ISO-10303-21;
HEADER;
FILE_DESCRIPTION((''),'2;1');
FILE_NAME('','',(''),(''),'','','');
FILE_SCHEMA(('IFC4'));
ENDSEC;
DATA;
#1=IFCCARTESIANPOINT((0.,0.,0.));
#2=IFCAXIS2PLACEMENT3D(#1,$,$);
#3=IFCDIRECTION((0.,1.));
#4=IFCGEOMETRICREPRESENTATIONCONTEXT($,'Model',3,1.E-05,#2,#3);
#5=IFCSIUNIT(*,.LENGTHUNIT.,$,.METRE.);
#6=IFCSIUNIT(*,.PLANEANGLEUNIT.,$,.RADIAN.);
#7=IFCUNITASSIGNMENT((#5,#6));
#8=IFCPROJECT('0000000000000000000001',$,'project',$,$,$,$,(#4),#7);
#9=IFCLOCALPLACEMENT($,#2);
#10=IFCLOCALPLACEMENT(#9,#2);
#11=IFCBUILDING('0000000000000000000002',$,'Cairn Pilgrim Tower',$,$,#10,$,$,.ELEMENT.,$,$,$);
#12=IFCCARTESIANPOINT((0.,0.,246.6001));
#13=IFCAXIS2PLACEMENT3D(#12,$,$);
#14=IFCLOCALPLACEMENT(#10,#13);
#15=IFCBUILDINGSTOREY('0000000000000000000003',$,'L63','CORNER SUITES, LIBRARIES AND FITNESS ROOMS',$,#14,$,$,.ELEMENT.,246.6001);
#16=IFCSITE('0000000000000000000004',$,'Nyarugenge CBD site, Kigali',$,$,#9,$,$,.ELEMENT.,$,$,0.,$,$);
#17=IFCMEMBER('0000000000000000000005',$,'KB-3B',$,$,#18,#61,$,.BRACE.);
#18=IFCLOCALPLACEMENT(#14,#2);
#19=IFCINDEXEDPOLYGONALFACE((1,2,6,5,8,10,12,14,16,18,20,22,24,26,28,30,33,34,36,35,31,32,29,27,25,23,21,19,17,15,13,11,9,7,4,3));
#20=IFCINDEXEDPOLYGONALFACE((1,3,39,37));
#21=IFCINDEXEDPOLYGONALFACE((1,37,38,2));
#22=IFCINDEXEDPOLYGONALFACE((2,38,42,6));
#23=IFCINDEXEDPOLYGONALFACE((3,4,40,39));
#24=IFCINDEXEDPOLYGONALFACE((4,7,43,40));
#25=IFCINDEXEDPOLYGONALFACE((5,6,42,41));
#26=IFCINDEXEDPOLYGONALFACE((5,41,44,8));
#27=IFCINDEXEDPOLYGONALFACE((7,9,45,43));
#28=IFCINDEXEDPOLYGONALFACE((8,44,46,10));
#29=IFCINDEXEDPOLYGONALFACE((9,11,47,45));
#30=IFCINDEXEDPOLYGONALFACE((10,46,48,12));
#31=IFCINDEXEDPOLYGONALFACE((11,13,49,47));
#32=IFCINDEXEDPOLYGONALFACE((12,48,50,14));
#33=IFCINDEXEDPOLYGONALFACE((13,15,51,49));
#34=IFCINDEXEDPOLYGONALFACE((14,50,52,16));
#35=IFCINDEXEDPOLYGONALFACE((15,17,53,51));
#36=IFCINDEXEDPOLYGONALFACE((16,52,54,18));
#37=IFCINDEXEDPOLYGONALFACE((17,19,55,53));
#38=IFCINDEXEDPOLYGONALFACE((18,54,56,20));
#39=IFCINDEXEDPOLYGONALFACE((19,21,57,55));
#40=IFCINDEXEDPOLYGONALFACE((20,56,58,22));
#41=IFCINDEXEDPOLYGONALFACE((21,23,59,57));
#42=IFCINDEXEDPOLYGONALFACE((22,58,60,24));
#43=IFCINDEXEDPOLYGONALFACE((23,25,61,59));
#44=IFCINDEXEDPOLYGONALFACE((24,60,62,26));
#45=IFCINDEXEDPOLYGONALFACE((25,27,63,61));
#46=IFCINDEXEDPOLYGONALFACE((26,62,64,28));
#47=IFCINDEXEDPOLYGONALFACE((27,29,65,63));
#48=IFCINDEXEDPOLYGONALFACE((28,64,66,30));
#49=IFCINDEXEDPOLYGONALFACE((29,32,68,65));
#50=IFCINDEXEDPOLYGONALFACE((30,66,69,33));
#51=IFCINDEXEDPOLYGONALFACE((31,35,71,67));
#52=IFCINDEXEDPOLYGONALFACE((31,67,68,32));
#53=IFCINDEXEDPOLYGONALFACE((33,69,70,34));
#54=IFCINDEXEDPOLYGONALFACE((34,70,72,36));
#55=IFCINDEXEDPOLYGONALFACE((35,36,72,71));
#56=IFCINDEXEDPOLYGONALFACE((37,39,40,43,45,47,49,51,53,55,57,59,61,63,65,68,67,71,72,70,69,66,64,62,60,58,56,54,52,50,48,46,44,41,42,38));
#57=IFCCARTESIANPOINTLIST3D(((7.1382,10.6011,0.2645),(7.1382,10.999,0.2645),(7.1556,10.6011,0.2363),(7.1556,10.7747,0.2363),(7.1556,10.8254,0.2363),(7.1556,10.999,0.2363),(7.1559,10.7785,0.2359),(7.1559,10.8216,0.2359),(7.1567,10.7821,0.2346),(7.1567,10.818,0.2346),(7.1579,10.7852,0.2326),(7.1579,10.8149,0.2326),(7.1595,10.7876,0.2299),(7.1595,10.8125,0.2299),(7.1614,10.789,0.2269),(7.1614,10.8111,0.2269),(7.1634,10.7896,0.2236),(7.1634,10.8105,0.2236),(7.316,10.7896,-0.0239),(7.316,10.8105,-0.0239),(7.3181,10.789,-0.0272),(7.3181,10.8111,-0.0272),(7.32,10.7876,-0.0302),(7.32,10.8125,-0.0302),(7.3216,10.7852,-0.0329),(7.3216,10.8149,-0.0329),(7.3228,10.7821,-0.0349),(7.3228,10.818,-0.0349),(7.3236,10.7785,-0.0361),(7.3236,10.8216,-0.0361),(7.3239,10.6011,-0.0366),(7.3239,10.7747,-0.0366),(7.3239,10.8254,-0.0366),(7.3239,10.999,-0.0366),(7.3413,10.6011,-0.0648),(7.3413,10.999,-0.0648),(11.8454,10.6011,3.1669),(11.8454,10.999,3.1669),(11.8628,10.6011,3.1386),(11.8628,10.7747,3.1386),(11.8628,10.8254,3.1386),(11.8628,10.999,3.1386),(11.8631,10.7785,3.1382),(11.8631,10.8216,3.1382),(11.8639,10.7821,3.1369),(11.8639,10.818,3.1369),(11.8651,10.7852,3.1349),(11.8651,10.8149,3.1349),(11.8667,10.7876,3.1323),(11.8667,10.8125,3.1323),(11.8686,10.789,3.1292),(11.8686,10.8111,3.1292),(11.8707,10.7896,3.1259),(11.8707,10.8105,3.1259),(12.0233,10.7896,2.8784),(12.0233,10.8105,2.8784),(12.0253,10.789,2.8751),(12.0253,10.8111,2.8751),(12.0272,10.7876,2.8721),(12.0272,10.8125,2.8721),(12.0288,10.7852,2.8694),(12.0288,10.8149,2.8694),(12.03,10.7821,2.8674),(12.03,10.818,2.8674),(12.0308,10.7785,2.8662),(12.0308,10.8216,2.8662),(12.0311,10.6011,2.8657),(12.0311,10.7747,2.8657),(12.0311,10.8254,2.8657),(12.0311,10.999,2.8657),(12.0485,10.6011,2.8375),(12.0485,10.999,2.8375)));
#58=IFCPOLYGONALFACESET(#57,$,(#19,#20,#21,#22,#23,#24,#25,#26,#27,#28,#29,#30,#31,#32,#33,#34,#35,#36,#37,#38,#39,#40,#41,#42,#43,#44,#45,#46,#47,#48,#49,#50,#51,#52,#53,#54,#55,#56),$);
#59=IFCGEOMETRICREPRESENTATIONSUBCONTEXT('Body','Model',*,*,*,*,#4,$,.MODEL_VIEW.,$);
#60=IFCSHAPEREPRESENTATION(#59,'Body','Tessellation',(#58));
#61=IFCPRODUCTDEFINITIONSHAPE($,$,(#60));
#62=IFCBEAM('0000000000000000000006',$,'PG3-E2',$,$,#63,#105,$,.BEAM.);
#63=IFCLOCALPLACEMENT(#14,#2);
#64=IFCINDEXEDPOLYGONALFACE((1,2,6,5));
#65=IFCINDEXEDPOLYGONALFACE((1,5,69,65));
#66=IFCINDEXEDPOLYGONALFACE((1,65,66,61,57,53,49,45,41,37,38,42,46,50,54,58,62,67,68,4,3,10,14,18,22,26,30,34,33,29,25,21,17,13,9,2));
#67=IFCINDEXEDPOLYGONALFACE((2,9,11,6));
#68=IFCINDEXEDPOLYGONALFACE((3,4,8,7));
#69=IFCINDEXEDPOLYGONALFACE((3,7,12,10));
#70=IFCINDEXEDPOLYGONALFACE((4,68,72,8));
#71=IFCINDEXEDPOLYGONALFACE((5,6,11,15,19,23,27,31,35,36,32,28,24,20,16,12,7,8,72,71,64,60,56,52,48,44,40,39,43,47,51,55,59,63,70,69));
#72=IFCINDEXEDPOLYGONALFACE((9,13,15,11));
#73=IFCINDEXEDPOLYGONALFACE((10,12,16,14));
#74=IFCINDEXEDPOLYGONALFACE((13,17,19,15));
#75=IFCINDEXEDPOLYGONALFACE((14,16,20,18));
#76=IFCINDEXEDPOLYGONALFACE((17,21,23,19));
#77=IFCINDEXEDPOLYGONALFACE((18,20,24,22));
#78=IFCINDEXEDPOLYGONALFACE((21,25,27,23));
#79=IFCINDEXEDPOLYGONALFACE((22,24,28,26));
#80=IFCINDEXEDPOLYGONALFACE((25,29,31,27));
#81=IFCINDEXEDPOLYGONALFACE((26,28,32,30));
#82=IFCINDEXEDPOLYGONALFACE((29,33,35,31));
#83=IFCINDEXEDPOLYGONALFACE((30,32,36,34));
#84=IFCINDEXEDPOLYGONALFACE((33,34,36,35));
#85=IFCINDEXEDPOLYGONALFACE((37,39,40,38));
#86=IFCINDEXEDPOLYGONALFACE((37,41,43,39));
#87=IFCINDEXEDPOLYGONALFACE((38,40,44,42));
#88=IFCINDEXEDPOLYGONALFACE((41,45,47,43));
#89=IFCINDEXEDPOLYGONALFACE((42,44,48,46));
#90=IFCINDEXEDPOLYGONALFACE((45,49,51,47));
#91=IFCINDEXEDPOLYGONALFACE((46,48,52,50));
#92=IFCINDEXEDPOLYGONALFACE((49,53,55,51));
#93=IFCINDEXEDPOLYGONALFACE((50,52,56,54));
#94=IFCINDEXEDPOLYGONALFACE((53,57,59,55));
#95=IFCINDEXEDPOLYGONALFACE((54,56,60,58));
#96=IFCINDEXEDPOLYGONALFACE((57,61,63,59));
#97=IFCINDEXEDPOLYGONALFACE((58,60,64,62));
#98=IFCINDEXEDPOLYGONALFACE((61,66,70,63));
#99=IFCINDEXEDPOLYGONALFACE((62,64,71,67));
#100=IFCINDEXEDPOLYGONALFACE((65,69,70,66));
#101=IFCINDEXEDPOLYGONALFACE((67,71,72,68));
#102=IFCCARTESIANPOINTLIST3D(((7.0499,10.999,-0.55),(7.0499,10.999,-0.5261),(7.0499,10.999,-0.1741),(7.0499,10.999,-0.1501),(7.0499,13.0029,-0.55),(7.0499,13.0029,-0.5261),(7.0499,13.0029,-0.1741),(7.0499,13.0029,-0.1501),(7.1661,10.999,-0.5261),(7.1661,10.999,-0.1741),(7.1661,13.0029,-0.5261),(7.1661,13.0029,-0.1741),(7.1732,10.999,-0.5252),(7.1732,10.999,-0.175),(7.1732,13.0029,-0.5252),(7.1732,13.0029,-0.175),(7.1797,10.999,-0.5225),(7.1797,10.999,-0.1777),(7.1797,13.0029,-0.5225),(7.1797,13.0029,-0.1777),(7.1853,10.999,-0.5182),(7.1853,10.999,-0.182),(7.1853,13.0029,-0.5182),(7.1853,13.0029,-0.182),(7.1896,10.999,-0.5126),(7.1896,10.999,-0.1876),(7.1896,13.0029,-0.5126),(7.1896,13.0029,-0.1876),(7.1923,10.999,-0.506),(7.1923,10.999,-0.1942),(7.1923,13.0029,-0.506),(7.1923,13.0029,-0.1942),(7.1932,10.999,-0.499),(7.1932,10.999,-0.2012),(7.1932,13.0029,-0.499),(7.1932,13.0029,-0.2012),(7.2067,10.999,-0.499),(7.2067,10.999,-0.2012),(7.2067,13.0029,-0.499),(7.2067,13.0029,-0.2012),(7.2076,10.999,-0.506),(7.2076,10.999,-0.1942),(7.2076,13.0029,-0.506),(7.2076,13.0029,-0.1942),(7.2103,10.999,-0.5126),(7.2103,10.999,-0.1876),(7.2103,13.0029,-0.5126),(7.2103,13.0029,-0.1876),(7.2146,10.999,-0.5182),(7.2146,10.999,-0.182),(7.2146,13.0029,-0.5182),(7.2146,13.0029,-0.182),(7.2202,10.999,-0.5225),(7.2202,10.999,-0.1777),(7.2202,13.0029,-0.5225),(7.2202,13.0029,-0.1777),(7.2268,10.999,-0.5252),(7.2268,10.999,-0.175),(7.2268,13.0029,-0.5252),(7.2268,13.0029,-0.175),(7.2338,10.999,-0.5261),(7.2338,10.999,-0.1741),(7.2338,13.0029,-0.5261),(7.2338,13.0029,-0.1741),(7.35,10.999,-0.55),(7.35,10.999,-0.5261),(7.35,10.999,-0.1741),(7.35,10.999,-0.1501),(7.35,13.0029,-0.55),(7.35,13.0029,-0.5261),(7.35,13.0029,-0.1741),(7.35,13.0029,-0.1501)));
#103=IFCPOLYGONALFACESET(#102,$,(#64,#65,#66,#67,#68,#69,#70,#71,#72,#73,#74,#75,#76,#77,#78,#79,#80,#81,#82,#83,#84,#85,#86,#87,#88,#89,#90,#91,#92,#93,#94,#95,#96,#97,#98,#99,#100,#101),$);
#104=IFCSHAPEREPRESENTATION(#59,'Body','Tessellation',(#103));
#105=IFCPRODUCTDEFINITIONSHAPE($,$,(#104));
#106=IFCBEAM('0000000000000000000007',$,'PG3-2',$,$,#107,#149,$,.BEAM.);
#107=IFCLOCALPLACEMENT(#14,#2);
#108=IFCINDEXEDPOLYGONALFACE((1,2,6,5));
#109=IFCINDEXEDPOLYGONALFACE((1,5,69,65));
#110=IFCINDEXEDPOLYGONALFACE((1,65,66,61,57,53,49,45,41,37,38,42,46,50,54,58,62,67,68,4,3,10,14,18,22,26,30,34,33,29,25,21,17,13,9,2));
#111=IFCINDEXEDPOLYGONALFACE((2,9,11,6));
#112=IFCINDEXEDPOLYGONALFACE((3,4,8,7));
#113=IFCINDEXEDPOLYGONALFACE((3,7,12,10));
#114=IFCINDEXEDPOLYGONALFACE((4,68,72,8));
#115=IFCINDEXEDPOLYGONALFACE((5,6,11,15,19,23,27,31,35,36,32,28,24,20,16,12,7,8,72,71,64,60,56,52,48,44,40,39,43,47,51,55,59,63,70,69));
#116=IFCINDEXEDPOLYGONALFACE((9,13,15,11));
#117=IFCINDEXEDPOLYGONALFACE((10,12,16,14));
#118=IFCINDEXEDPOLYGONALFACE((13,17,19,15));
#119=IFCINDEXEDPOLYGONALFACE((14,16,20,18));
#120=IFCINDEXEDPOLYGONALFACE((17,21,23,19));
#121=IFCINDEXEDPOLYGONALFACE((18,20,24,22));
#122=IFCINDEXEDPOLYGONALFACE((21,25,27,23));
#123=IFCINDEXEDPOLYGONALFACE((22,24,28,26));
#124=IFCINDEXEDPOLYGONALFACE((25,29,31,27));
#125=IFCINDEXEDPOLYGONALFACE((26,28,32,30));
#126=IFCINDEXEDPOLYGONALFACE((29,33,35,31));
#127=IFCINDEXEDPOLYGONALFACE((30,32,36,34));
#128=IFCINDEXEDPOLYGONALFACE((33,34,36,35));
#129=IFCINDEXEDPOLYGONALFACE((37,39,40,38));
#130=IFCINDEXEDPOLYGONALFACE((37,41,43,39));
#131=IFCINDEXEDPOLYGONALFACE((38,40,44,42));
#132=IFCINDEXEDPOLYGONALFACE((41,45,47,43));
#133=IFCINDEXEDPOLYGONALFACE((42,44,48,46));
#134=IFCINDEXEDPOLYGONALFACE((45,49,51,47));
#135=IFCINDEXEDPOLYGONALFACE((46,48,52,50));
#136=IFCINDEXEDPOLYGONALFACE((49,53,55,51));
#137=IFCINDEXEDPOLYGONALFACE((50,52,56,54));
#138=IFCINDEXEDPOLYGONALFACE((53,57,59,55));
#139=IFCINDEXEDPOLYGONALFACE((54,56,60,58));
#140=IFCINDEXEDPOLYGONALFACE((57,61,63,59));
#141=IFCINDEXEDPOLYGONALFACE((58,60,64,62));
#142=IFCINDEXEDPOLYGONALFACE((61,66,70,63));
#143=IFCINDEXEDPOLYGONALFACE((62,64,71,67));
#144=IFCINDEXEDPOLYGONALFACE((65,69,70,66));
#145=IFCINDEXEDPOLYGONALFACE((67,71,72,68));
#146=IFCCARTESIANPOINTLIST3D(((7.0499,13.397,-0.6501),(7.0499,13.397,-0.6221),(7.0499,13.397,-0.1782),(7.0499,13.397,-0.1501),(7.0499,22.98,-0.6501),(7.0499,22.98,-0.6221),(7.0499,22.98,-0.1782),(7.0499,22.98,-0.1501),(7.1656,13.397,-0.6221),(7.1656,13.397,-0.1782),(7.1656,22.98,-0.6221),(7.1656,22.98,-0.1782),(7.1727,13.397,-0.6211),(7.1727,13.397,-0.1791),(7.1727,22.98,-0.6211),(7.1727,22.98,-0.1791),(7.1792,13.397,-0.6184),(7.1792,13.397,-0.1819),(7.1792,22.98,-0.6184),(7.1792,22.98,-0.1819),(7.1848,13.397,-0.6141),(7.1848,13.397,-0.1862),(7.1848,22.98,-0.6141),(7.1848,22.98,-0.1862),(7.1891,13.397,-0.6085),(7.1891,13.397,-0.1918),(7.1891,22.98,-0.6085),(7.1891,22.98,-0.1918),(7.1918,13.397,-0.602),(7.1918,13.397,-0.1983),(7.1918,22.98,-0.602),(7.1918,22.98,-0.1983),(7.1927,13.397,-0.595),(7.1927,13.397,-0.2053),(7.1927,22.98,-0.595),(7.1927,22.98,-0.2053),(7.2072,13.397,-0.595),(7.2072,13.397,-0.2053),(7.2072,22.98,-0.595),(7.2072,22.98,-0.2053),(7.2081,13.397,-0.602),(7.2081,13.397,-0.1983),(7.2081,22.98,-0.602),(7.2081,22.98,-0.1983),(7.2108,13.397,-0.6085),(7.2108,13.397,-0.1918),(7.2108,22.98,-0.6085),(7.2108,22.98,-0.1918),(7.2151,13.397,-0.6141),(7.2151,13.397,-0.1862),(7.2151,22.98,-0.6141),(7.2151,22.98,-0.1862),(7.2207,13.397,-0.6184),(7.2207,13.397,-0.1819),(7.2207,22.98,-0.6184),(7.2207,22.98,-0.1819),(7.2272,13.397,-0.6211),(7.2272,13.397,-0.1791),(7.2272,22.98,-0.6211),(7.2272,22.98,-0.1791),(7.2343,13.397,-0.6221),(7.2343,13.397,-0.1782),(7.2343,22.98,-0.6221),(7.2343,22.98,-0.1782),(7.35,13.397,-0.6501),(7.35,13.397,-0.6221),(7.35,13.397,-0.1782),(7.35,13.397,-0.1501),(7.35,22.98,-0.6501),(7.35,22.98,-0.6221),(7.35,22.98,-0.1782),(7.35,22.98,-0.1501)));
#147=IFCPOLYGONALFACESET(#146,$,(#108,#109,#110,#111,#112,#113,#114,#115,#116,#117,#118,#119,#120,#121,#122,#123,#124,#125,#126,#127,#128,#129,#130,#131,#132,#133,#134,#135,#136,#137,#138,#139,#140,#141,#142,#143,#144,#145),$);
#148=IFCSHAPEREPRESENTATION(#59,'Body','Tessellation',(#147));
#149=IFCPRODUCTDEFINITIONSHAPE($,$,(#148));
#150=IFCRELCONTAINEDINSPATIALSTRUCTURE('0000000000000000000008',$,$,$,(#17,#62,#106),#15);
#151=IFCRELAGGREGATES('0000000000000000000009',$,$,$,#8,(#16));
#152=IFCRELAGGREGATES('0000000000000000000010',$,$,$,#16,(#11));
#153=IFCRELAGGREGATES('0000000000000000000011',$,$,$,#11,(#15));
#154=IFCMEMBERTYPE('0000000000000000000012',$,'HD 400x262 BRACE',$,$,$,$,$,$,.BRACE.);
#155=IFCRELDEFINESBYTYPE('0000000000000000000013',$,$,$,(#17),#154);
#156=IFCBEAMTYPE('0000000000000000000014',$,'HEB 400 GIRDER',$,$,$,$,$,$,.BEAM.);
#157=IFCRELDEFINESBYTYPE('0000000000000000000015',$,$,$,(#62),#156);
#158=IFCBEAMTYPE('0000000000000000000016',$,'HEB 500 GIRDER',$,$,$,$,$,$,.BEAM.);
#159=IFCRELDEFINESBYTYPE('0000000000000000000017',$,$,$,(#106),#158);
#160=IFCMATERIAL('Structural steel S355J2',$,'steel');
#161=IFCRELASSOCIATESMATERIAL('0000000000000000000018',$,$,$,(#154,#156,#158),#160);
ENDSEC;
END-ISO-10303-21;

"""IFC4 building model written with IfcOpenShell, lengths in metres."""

from ifc_helpers import new_model, si_unit, direction, frame, origin, origin_2d, place, context, subcontext, project, spatial, i_section, extrude, material, material_profile, profile_set, type_object, element, save


model = new_model("IFC4")

# Units and contexts
model_context = context("Model", 3, precision=1e-05, world=origin(), true_north=direction((0.0, 1.0)))
body_context = subcontext(model_context, "Body", "Model", "MODEL_VIEW")
ifc_project = project(units=[si_unit("LENGTHUNIT", "METRE"), si_unit("PLANEANGLEUNIT", "RADIAN")], contexts=[model_context])

# Site, building, storey
site_placement = place(None, origin())
site = spatial("IfcSite", under=ifc_project, at=site_placement, Name="Nyarugenge CBD site, Kigali", CompositionType="ELEMENT", RefElevation=0.0)
building_placement = place(site_placement, origin())
building = spatial("IfcBuilding", under=site, at=building_placement, Name="Cairn Pilgrim Tower", CompositionType="ELEMENT")
storey_placement = place(building_placement, frame((0.0, 0.0, 246.6001)))
storey = spatial("IfcBuildingStorey", under=building, at=storey_placement, Name="L63", Description="CORNER SUITES, LIBRARIES AND FITNESS ROOMS", CompositionType="ELEMENT", Elevation=246.6001)

# Shared definitions
ifc_material_1 = material(Name="Structural steel S355J2", Category="steel")

# Member
ifc_material_profile_1 = material_profile(ifc_material_1, i_section(OverallWidth=0.3979, OverallDepth=0.387, WebThickness=0.021, FlangeThickness=0.0332, FilletRadius=0.0149, at=origin_2d()), Name="HD 400x262")
ifc_profile_set_1 = profile_set([ifc_material_profile_1], Name="Structural steel S355J2")
member_type_1 = type_object("IfcMemberType", Name="HD 400x262 BRACE", PredefinedType="BRACE", material=ifc_profile_set_1)
member_1_placement = place(storey_placement, frame((7.2397, 10.8, 0.0999), z_axis=(0.851209, 0.0, 0.524826), x_axis=(0.0, 1.0, 0.0)))
element("IfcMember", 1, at=member_1_placement, inside=storey, type_object=member_type_1, Name="KB-3B", PredefinedType="BRACE", context=body_context, shape_type="SweptSolid", body=[
    extrude(i_section(OverallWidth=0.3979, OverallDepth=0.387, WebThickness=0.021, FlangeThickness=0.0332, FilletRadius=0.0149, at=origin_2d()), origin(), (0.0, 0.0, 1.0), 5.53),
])

# Beams
ifc_material_profile_2 = material_profile(ifc_material_1, i_section(OverallWidth=0.3, OverallDepth=0.3999, WebThickness=0.0134, FlangeThickness=0.0239, FilletRadius=0.0271, at=origin_2d()), Name="HEB 400")
ifc_profile_set_2 = profile_set([ifc_material_profile_2], Name="Structural steel S355J2")
beam_type_1 = type_object("IfcBeamType", Name="HEB 400 GIRDER", PredefinedType="BEAM", material=ifc_profile_set_2)
beam_1_placement = place(storey_placement, frame((7.2, 10.999, -0.3501), z_axis=(0.0, 1.0, 0.0), x_axis=(-1.0, 0.0, 0.0)))
element("IfcBeam", 2, at=beam_1_placement, inside=storey, type_object=beam_type_1, Name="PG3-E2", PredefinedType="BEAM", context=body_context, shape_type="SweptSolid", body=[
    extrude(i_section(OverallWidth=0.3, OverallDepth=0.3999, WebThickness=0.0134, FlangeThickness=0.0239, FilletRadius=0.0271, at=origin_2d()), origin(), (0.0, 0.0, 1.0), 2.0039),
])
ifc_material_profile_3 = material_profile(ifc_material_1, i_section(OverallWidth=0.3, OverallDepth=0.5, WebThickness=0.0144, FlangeThickness=0.0281, FilletRadius=0.0271, at=origin_2d()), Name="HEB 500")
ifc_profile_set_3 = profile_set([ifc_material_profile_3], Name="Structural steel S355J2")
beam_type_2 = type_object("IfcBeamType", Name="HEB 500 GIRDER", PredefinedType="BEAM", material=ifc_profile_set_3)
beam_2_placement = place(storey_placement, frame((7.2, 13.397, -0.4001), z_axis=(0.0, 1.0, 0.0), x_axis=(-1.0, 0.0, 0.0)))
element("IfcBeam", 3, at=beam_2_placement, inside=storey, type_object=beam_type_2, Name="PG3-2", PredefinedType="BEAM", context=body_context, shape_type="SweptSolid", body=[
    extrude(i_section(OverallWidth=0.3, OverallDepth=0.5, WebThickness=0.0144, FlangeThickness=0.0281, FilletRadius=0.0271, at=origin_2d()), origin(), (0.0, 0.0, 1.0), 9.583),
])

save(model, "model.ifc")
